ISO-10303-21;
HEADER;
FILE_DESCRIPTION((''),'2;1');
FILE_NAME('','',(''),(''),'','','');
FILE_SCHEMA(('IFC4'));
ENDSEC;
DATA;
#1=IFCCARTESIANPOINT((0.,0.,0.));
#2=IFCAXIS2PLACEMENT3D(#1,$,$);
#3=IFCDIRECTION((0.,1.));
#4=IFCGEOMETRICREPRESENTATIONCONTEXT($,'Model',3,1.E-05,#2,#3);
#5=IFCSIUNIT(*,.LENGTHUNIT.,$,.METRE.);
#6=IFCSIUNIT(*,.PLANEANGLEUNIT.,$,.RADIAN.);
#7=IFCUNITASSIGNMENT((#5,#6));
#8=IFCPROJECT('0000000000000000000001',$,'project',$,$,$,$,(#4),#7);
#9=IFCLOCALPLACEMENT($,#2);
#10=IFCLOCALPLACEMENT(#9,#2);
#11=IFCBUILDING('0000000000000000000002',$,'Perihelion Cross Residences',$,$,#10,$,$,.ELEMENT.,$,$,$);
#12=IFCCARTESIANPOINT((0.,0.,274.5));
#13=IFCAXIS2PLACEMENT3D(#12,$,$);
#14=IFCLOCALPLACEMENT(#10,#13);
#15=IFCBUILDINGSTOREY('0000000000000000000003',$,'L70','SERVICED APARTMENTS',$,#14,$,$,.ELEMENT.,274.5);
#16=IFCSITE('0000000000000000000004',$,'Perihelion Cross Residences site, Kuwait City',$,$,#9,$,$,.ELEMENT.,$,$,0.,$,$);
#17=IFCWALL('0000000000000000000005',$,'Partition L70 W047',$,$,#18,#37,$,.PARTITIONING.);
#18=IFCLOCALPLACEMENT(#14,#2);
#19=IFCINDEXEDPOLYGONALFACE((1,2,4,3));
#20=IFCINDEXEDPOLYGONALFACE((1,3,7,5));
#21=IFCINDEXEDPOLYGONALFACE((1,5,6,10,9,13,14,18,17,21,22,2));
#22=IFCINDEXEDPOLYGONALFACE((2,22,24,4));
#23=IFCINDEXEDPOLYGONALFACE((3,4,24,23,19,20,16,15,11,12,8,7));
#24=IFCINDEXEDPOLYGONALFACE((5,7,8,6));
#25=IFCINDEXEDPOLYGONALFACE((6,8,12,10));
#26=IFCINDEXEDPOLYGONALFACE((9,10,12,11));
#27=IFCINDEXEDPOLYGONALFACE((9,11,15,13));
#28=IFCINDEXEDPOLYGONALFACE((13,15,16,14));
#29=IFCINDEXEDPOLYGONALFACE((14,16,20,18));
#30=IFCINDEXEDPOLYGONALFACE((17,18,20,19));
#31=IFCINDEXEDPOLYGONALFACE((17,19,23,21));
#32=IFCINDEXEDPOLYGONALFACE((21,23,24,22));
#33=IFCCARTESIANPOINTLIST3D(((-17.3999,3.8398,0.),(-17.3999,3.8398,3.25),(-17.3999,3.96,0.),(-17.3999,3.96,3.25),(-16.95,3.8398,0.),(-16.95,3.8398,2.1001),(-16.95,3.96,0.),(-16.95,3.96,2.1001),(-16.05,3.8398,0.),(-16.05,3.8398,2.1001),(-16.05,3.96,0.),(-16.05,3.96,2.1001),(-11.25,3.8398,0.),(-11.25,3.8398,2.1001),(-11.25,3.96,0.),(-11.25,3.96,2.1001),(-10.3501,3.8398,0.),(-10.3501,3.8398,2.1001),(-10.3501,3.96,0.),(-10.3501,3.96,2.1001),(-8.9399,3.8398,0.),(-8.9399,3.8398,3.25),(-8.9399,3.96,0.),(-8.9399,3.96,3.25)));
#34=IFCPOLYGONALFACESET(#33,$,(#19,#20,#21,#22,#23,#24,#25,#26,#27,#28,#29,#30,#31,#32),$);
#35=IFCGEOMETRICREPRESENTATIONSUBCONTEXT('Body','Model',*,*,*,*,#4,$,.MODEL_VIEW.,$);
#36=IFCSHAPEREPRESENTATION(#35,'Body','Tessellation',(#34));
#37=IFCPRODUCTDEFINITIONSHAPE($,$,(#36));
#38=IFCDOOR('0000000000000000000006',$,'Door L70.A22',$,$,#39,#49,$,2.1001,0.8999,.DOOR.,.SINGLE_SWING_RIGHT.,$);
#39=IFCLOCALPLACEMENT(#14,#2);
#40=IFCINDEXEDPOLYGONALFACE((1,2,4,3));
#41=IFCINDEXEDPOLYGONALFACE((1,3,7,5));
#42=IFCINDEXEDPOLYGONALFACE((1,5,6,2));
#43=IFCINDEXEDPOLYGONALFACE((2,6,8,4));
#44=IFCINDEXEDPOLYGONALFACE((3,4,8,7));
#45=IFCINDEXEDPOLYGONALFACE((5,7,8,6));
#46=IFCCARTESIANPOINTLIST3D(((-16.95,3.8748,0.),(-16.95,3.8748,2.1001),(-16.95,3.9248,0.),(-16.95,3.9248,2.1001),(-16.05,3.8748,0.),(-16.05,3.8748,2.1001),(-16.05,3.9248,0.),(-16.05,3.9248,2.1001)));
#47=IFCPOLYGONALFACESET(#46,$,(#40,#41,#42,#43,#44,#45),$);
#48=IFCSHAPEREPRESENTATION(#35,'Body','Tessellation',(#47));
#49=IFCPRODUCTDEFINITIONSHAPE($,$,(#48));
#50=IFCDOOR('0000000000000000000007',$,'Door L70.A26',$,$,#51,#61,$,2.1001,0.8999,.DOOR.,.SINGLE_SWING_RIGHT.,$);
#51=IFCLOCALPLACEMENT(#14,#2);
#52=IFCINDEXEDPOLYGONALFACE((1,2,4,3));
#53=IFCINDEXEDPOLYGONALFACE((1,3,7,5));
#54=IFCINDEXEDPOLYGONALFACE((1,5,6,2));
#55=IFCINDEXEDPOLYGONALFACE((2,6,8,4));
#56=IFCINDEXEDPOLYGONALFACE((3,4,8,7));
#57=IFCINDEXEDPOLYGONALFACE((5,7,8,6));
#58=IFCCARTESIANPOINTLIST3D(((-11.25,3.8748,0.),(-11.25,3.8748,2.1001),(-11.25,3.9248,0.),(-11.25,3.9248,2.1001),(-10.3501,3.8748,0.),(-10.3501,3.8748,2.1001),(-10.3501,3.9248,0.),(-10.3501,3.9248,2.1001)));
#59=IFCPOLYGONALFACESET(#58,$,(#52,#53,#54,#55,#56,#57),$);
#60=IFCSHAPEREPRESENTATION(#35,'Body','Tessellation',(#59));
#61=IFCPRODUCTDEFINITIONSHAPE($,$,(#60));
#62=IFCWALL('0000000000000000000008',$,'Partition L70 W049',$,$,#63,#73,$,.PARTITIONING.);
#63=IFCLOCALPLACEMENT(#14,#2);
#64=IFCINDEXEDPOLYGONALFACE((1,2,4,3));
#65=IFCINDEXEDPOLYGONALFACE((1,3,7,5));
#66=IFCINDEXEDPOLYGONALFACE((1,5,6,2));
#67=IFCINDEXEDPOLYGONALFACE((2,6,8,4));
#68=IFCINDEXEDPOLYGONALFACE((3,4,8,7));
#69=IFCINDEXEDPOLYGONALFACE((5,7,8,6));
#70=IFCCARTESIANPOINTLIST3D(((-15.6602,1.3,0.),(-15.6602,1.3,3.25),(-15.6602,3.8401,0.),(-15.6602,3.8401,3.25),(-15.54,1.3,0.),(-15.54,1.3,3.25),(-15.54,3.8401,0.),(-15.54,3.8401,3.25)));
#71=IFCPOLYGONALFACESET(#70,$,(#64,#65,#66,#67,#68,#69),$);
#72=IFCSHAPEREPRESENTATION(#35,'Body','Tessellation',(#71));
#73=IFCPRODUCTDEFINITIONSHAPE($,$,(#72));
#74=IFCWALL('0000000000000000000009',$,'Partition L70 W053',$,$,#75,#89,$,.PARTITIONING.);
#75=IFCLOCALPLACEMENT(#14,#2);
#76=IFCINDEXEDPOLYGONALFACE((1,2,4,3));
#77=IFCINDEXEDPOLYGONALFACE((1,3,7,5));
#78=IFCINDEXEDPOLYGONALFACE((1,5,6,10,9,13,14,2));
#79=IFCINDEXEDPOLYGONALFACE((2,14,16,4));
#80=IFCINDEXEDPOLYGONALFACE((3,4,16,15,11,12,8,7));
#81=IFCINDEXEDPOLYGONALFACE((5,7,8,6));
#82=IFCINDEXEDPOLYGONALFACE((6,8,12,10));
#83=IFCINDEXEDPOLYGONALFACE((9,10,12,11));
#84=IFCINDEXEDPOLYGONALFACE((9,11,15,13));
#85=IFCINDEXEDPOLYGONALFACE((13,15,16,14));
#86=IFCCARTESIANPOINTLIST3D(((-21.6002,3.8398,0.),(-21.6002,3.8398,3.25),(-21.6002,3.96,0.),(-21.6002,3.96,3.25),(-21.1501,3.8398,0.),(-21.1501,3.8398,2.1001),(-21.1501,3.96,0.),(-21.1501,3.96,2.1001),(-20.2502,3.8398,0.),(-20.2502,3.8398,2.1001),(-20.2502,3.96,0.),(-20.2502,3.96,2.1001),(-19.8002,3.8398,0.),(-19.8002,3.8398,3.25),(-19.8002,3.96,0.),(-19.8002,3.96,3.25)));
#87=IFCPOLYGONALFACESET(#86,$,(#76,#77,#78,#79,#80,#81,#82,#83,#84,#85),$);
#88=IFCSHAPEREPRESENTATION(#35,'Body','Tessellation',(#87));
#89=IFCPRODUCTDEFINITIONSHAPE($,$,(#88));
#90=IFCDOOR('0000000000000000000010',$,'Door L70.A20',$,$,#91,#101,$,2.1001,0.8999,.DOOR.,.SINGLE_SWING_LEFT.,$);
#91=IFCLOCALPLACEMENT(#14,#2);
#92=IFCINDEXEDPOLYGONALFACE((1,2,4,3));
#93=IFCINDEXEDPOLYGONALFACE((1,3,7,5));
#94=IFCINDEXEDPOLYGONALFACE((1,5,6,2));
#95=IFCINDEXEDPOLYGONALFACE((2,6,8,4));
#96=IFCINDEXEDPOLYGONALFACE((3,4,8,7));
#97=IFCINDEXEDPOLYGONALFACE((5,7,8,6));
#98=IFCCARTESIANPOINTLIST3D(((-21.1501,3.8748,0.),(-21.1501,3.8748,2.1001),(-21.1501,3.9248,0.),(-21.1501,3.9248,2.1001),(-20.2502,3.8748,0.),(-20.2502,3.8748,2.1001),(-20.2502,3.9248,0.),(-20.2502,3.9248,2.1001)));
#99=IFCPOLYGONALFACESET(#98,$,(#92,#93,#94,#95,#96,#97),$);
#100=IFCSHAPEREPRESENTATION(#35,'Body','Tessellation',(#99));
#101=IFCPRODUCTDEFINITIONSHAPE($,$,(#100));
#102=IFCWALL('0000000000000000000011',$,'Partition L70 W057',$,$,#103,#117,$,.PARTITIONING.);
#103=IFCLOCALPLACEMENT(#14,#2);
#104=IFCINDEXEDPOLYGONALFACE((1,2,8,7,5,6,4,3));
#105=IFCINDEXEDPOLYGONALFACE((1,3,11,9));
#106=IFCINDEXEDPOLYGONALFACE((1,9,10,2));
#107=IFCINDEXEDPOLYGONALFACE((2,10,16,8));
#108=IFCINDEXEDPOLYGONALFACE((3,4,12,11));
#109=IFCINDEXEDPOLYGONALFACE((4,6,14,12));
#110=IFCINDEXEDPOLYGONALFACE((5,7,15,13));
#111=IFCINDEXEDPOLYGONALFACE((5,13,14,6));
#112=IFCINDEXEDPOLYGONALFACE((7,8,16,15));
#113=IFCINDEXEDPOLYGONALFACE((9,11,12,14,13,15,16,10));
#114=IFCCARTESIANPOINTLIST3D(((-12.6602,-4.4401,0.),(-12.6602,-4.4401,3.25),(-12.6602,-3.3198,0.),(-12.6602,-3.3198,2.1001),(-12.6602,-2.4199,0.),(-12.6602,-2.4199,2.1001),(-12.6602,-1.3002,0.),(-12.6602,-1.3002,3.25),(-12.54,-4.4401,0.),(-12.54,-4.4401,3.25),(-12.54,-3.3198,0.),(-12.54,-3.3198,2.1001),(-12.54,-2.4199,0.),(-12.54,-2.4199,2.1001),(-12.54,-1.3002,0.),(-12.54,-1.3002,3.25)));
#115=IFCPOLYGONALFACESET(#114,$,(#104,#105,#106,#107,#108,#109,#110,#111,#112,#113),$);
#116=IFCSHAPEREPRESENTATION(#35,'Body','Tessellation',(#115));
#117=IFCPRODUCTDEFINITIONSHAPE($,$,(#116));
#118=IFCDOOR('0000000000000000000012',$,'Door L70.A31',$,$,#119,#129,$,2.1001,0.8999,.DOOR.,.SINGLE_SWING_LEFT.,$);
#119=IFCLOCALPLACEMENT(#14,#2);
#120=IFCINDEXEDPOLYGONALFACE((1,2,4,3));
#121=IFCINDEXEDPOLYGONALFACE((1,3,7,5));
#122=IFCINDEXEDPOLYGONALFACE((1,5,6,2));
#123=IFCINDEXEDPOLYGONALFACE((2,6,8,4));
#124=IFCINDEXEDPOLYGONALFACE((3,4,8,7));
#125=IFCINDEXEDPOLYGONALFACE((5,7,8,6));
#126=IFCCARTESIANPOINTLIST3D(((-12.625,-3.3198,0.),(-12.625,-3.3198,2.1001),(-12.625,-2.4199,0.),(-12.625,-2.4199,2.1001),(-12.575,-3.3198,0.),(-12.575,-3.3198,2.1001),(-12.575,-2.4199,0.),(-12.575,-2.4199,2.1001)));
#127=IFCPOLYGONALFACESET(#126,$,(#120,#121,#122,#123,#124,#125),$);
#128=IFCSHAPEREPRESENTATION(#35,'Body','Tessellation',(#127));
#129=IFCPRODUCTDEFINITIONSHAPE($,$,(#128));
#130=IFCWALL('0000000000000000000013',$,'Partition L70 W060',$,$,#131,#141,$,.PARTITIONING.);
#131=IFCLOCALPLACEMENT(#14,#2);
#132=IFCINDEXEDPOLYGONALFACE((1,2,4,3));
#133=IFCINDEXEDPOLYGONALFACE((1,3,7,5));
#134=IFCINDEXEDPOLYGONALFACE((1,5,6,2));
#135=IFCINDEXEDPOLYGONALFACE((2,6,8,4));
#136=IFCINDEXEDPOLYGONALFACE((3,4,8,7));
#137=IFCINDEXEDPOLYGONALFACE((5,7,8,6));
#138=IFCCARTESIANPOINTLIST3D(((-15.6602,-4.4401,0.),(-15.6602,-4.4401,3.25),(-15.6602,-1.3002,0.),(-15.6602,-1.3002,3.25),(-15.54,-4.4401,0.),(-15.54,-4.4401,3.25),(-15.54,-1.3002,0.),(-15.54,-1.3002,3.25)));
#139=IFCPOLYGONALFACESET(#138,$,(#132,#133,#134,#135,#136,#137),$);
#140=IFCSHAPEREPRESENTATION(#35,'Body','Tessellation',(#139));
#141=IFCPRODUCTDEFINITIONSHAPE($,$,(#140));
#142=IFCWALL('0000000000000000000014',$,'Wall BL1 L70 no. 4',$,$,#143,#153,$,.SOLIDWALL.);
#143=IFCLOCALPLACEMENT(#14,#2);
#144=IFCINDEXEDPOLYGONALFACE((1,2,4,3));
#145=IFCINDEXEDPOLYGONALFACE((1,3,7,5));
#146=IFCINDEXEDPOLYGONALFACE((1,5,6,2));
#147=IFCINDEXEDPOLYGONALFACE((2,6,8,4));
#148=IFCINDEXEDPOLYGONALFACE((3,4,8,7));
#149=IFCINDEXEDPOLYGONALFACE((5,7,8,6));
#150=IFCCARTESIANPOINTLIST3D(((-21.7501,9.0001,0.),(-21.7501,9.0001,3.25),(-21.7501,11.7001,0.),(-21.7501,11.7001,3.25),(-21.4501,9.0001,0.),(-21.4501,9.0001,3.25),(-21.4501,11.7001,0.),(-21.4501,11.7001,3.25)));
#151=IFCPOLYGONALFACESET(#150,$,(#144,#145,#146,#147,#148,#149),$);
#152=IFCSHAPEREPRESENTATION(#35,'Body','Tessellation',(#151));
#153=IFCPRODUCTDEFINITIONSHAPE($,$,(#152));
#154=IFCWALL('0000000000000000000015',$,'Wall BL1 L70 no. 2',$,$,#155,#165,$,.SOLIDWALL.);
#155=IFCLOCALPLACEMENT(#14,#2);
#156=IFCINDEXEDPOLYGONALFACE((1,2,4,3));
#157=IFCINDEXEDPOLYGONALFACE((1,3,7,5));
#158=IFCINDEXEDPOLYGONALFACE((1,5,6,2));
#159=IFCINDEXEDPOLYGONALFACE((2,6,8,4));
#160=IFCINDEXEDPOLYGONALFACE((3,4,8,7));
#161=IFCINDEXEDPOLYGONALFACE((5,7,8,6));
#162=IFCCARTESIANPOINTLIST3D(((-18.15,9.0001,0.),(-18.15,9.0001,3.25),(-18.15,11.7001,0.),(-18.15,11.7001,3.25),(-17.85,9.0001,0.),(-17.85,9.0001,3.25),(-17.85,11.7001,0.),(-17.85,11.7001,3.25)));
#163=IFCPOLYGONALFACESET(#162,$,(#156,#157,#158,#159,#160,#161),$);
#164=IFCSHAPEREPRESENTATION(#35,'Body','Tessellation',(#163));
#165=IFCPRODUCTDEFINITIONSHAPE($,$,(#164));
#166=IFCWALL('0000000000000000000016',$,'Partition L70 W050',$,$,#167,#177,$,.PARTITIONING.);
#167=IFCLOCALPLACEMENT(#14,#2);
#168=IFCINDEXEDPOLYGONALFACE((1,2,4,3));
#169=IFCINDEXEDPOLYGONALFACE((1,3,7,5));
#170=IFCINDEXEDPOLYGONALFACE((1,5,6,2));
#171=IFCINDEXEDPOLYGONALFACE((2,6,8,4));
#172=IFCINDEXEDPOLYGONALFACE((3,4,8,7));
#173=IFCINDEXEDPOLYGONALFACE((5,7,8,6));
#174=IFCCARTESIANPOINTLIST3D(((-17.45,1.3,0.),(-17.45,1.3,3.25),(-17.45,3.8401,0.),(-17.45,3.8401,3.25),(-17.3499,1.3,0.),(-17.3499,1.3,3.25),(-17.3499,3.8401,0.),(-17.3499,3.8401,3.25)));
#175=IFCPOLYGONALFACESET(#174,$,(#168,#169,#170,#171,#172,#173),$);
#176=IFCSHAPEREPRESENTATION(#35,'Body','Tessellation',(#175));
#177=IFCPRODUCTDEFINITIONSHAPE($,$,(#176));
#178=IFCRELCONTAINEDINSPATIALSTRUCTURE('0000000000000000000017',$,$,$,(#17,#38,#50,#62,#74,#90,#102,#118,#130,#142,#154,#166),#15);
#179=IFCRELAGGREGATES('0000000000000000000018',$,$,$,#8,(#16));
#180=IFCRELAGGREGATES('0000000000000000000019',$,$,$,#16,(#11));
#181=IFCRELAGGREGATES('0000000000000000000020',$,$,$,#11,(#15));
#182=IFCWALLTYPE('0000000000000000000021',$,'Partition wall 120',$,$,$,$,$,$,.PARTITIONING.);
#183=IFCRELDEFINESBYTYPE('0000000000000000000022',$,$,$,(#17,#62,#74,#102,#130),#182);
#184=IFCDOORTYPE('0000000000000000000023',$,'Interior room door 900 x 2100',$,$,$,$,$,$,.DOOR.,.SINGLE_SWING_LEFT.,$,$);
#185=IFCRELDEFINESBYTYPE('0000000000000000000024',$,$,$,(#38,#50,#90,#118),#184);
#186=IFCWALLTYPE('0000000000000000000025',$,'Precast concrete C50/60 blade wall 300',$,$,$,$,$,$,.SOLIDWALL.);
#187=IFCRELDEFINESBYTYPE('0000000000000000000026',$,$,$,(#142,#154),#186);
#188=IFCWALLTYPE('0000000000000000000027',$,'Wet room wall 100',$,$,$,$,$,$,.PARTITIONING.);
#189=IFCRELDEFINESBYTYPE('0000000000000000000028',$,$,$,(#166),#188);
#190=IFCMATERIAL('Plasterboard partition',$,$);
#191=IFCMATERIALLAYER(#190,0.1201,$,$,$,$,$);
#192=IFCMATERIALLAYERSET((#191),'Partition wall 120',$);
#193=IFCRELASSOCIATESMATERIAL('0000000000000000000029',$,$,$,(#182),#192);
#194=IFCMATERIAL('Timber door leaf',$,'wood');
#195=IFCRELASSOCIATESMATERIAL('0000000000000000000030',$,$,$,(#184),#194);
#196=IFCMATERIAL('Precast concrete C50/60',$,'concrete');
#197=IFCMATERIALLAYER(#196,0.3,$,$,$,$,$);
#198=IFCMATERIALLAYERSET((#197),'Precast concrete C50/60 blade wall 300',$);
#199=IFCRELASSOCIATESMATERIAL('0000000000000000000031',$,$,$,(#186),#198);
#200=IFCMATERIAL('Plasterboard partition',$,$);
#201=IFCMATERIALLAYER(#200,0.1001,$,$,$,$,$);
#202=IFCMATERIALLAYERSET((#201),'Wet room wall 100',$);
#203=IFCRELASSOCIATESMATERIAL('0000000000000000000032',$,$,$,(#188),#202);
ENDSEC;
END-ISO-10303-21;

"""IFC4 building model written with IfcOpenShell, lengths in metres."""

from ifc_helpers import new_model, si_unit, direction, frame, frame_2d, origin, place, context, subcontext, project, spatial, rectangle, extrude, material, layer, layer_set, type_object, element, fill, save


model = new_model("IFC4")

# Units and contexts
model_context = context("Model", 3, precision=1e-05, world=origin(), true_north=direction((0.0, 1.0)))
body_context = subcontext(model_context, "Body", "Model", "MODEL_VIEW")
ifc_project = project(units=[si_unit("LENGTHUNIT", "METRE"), si_unit("PLANEANGLEUNIT", "RADIAN")], contexts=[model_context])

# Site, building, storey
site_placement = place(None, origin())
site = spatial("IfcSite", under=ifc_project, at=site_placement, Name="Perihelion Cross Residences site, Kuwait City", CompositionType="ELEMENT", RefElevation=0.0)
building_placement = place(site_placement, origin())
building = spatial("IfcBuilding", under=site, at=building_placement, Name="Perihelion Cross Residences", CompositionType="ELEMENT")
storey_placement = place(building_placement, frame((0.0, 0.0, 274.5)))
storey = spatial("IfcBuildingStorey", under=building, at=storey_placement, Name="L70", Description="SERVICED APARTMENTS", CompositionType="ELEMENT", Elevation=274.5)

# Shared definitions
ifc_material_1 = material(Name="Plasterboard partition")
ifc_layer_1 = layer(ifc_material_1, 0.1201)
ifc_layer_set_1 = layer_set([ifc_layer_1], Name="Partition wall 120")
wall_type_1 = type_object("IfcWallType", Name="Partition wall 120", PredefinedType="PARTITIONING", material=ifc_layer_set_1)
ifc_material_2 = material(Name="Timber door leaf", Category="wood")
door_type_1 = type_object("IfcDoorType", Name="Interior room door 900 x 2100", OperationType="SINGLE_SWING_LEFT", PredefinedType="DOOR", material=ifc_material_2)

# Wall, openings, doors
wall_1_placement = place(storey_placement, frame((-17.3999, 3.8999, 0.0), z_axis=(0.0, 0.0, 1.0), x_axis=(1.0, 0.0, 0.0)))
wall_1 = element("IfcWall", 1, at=wall_1_placement, inside=storey, type_object=wall_type_1, Name="Partition L70 W047", PredefinedType="PARTITIONING", context=body_context, shape_type="SweptSolid", body=[
    extrude(rectangle(XDim=8.46, YDim=0.1201, at=frame_2d((4.23, 0.0))), origin(), (0.0, 0.0, 1.0), 3.25),
])
opening_1_placement = place(wall_1_placement, frame((0.45, 0.0, 0.0)))
opening_1 = element("IfcOpeningElement", 2, at=opening_1_placement, cuts=wall_1, PredefinedType="OPENING", context=body_context, shape_type="SweptSolid", body=[
    extrude(rectangle(XDim=0.8999, YDim=2.1001, at=frame_2d((0.45, 1.05))), frame((0.0, 0.0701, 0.0), z_axis=(0.0, -1.0, 0.0), x_axis=(1.0, 0.0, 0.0)), (0.0, 0.0, 1.0), 0.1401),
])
opening_2_placement = place(wall_1_placement, frame((6.1499, 0.0, 0.0)))
opening_2 = element("IfcOpeningElement", 3, at=opening_2_placement, cuts=wall_1, PredefinedType="OPENING", context=body_context, shape_type="SweptSolid", body=[
    extrude(rectangle(XDim=0.8999, YDim=2.1001, at=frame_2d((0.45, 1.05))), frame((0.0, 0.0701, 0.0), z_axis=(0.0, -1.0, 0.0), x_axis=(1.0, 0.0, 0.0)), (0.0, 0.0, 1.0), 0.1401),
])
door_1_placement = place(opening_1_placement, origin())
door_1 = element("IfcDoor", 4, at=door_1_placement, inside=storey, type_object=door_type_1, Name="Door L70.A22", OperationType="SINGLE_SWING_RIGHT", OverallHeight=2.1001, OverallWidth=0.8999, PredefinedType="DOOR", context=body_context, shape_type="SweptSolid", body=[
    extrude(rectangle(XDim=0.8999, YDim=2.1001, at=frame_2d((0.45, 1.05))), frame((0.0, 0.0249, 0.0), z_axis=(0.0, -1.0, 0.0), x_axis=(1.0, 0.0, 0.0)), (0.0, 0.0, 1.0), 0.05),
])
fill(opening_1, door_1)
door_2_placement = place(opening_2_placement, origin())
door_2 = element("IfcDoor", 5, at=door_2_placement, inside=storey, type_object=door_type_1, Name="Door L70.A26", OperationType="SINGLE_SWING_RIGHT", OverallHeight=2.1001, OverallWidth=0.8999, PredefinedType="DOOR", context=body_context, shape_type="SweptSolid", body=[
    extrude(rectangle(XDim=0.8999, YDim=2.1001, at=frame_2d((0.45, 1.05))), frame((0.0, 0.0249, 0.0), z_axis=(0.0, -1.0, 0.0), x_axis=(1.0, 0.0, 0.0)), (0.0, 0.0, 1.0), 0.05),
])
fill(opening_2, door_2)

# Wall
wall_2_placement = place(storey_placement, frame((-15.6001, 1.3, 0.0), z_axis=(0.0, 0.0, 1.0), x_axis=(0.0, 1.0, 0.0)))
element("IfcWall", 6, at=wall_2_placement, inside=storey, type_object=wall_type_1, Name="Partition L70 W049", PredefinedType="PARTITIONING", context=body_context, shape_type="SweptSolid", body=[
    extrude(rectangle(XDim=2.54, YDim=0.1201, at=frame_2d((1.27, 0.0))), origin(), (0.0, 0.0, 1.0), 3.25),
])

# Walls, openings, doors
wall_3_placement = place(storey_placement, frame((-21.6001, 3.8999, 0.0), z_axis=(0.0, 0.0, 1.0), x_axis=(1.0, 0.0, 0.0)))
wall_3 = element("IfcWall", 7, at=wall_3_placement, inside=storey, type_object=wall_type_1, Name="Partition L70 W053", PredefinedType="PARTITIONING", context=body_context, shape_type="SweptSolid", body=[
    extrude(rectangle(XDim=1.8, YDim=0.1201, at=frame_2d((0.8999, 0.0))), origin(), (0.0, 0.0, 1.0), 3.25),
])
opening_3_placement = place(wall_3_placement, frame((0.45, 0.0, 0.0)))
opening_3 = element("IfcOpeningElement", 8, at=opening_3_placement, cuts=wall_3, PredefinedType="OPENING", context=body_context, shape_type="SweptSolid", body=[
    extrude(rectangle(XDim=0.8999, YDim=2.1001, at=frame_2d((0.45, 1.05))), frame((0.0, 0.0701, 0.0), z_axis=(0.0, -1.0, 0.0), x_axis=(1.0, 0.0, 0.0)), (0.0, 0.0, 1.0), 0.1401),
])
door_3_placement = place(opening_3_placement, origin())
door_3 = element("IfcDoor", 9, at=door_3_placement, inside=storey, type_object=door_type_1, Name="Door L70.A20", OperationType="SINGLE_SWING_LEFT", OverallHeight=2.1001, OverallWidth=0.8999, PredefinedType="DOOR", context=body_context, shape_type="SweptSolid", body=[
    extrude(rectangle(XDim=0.8999, YDim=2.1001, at=frame_2d((0.45, 1.05))), frame((0.0, 0.0249, 0.0), z_axis=(0.0, -1.0, 0.0), x_axis=(1.0, 0.0, 0.0)), (0.0, 0.0, 1.0), 0.05),
])
fill(opening_3, door_3)
wall_4_placement = place(storey_placement, frame((-12.6001, -4.4399, 0.0), z_axis=(0.0, 0.0, 1.0), x_axis=(0.0, 1.0, 0.0)))
wall_4 = element("IfcWall", 10, at=wall_4_placement, inside=storey, type_object=wall_type_1, Name="Partition L70 W057", PredefinedType="PARTITIONING", context=body_context, shape_type="SweptSolid", body=[
    extrude(rectangle(XDim=3.1399, YDim=0.1201, at=frame_2d((1.5698, 0.0))), origin(), (0.0, 0.0, 1.0), 3.25),
])
opening_4_placement = place(wall_4_placement, frame((1.1201, 0.0, 0.0)))
opening_4 = element("IfcOpeningElement", 11, at=opening_4_placement, cuts=wall_4, PredefinedType="OPENING", context=body_context, shape_type="SweptSolid", body=[
    extrude(rectangle(XDim=0.8999, YDim=2.1001, at=frame_2d((0.45, 1.05))), frame((0.0, 0.0701, 0.0), z_axis=(0.0, -1.0, 0.0), x_axis=(1.0, 0.0, 0.0)), (0.0, 0.0, 1.0), 0.1401),
])
door_4_placement = place(opening_4_placement, origin())
door_4 = element("IfcDoor", 12, at=door_4_placement, inside=storey, type_object=door_type_1, Name="Door L70.A31", OperationType="SINGLE_SWING_LEFT", OverallHeight=2.1001, OverallWidth=0.8999, PredefinedType="DOOR", context=body_context, shape_type="SweptSolid", body=[
    extrude(rectangle(XDim=0.8999, YDim=2.1001, at=frame_2d((0.45, 1.05))), frame((0.0, 0.0249, 0.0), z_axis=(0.0, -1.0, 0.0), x_axis=(1.0, 0.0, 0.0)), (0.0, 0.0, 1.0), 0.05),
])
fill(opening_4, door_4)

# Walls
wall_5_placement = place(storey_placement, frame((-15.6001, -4.4399, 0.0), z_axis=(0.0, 0.0, 1.0), x_axis=(0.0, 1.0, 0.0)))
element("IfcWall", 13, at=wall_5_placement, inside=storey, type_object=wall_type_1, Name="Partition L70 W060", PredefinedType="PARTITIONING", context=body_context, shape_type="SweptSolid", body=[
    extrude(rectangle(XDim=3.1399, YDim=0.1201, at=frame_2d((1.5698, 0.0))), origin(), (0.0, 0.0, 1.0), 3.25),
])
ifc_material_3 = material(Name="Precast concrete C50/60", Category="concrete")
ifc_layer_2 = layer(ifc_material_3, 0.3)
ifc_layer_set_2 = layer_set([ifc_layer_2], Name="Precast concrete C50/60 blade wall 300")
wall_type_2 = type_object("IfcWallType", Name="Precast concrete C50/60 blade wall 300", PredefinedType="SOLIDWALL", material=ifc_layer_set_2)
for number, where, z_axis, x_axis, name in (
    (14, (-21.6001, 9.0, 0.0), (0.0, 0.0, 1.0), (0.0, 1.0, 0.0), "Wall BL1 L70 no. 4"),
    (15, (-18.0, 9.0, 0.0), (0.0, 0.0, 1.0), (0.0, 1.0, 0.0), "Wall BL1 L70 no. 2"),
):
    element("IfcWall", number, at=place(storey_placement, frame(where, z_axis=z_axis, x_axis=x_axis)), inside=storey, type_object=wall_type_2, Name=name, PredefinedType="SOLIDWALL", context=body_context, shape_type="SweptSolid", body=[
        extrude(rectangle(XDim=2.7, YDim=0.3, at=frame_2d((1.3501, 0.0))), origin(), (0.0, 0.0, 1.0), 3.25),
    ])
ifc_material_4 = material(Name="Plasterboard partition")
ifc_layer_3 = layer(ifc_material_4, 0.1001)
ifc_layer_set_3 = layer_set([ifc_layer_3], Name="Wet room wall 100")
wall_type_3 = type_object("IfcWallType", Name="Wet room wall 100", PredefinedType="PARTITIONING", material=ifc_layer_set_3)
for number, where, z_axis, x_axis, name in (
    (16, (-17.3999, 1.3, 0.0), (0.0, 0.0, 1.0), (0.0, 1.0, 0.0), "Partition L70 W050"),
):
    element("IfcWall", number, at=place(storey_placement, frame(where, z_axis=z_axis, x_axis=x_axis)), inside=storey, type_object=wall_type_3, Name=name, PredefinedType="PARTITIONING", context=body_context, shape_type="SweptSolid", body=[
        extrude(rectangle(XDim=2.54, YDim=0.1001, at=frame_2d((1.27, 0.0))), origin(), (0.0, 0.0, 1.0), 3.25),
    ])

save(model, "model.ifc")
